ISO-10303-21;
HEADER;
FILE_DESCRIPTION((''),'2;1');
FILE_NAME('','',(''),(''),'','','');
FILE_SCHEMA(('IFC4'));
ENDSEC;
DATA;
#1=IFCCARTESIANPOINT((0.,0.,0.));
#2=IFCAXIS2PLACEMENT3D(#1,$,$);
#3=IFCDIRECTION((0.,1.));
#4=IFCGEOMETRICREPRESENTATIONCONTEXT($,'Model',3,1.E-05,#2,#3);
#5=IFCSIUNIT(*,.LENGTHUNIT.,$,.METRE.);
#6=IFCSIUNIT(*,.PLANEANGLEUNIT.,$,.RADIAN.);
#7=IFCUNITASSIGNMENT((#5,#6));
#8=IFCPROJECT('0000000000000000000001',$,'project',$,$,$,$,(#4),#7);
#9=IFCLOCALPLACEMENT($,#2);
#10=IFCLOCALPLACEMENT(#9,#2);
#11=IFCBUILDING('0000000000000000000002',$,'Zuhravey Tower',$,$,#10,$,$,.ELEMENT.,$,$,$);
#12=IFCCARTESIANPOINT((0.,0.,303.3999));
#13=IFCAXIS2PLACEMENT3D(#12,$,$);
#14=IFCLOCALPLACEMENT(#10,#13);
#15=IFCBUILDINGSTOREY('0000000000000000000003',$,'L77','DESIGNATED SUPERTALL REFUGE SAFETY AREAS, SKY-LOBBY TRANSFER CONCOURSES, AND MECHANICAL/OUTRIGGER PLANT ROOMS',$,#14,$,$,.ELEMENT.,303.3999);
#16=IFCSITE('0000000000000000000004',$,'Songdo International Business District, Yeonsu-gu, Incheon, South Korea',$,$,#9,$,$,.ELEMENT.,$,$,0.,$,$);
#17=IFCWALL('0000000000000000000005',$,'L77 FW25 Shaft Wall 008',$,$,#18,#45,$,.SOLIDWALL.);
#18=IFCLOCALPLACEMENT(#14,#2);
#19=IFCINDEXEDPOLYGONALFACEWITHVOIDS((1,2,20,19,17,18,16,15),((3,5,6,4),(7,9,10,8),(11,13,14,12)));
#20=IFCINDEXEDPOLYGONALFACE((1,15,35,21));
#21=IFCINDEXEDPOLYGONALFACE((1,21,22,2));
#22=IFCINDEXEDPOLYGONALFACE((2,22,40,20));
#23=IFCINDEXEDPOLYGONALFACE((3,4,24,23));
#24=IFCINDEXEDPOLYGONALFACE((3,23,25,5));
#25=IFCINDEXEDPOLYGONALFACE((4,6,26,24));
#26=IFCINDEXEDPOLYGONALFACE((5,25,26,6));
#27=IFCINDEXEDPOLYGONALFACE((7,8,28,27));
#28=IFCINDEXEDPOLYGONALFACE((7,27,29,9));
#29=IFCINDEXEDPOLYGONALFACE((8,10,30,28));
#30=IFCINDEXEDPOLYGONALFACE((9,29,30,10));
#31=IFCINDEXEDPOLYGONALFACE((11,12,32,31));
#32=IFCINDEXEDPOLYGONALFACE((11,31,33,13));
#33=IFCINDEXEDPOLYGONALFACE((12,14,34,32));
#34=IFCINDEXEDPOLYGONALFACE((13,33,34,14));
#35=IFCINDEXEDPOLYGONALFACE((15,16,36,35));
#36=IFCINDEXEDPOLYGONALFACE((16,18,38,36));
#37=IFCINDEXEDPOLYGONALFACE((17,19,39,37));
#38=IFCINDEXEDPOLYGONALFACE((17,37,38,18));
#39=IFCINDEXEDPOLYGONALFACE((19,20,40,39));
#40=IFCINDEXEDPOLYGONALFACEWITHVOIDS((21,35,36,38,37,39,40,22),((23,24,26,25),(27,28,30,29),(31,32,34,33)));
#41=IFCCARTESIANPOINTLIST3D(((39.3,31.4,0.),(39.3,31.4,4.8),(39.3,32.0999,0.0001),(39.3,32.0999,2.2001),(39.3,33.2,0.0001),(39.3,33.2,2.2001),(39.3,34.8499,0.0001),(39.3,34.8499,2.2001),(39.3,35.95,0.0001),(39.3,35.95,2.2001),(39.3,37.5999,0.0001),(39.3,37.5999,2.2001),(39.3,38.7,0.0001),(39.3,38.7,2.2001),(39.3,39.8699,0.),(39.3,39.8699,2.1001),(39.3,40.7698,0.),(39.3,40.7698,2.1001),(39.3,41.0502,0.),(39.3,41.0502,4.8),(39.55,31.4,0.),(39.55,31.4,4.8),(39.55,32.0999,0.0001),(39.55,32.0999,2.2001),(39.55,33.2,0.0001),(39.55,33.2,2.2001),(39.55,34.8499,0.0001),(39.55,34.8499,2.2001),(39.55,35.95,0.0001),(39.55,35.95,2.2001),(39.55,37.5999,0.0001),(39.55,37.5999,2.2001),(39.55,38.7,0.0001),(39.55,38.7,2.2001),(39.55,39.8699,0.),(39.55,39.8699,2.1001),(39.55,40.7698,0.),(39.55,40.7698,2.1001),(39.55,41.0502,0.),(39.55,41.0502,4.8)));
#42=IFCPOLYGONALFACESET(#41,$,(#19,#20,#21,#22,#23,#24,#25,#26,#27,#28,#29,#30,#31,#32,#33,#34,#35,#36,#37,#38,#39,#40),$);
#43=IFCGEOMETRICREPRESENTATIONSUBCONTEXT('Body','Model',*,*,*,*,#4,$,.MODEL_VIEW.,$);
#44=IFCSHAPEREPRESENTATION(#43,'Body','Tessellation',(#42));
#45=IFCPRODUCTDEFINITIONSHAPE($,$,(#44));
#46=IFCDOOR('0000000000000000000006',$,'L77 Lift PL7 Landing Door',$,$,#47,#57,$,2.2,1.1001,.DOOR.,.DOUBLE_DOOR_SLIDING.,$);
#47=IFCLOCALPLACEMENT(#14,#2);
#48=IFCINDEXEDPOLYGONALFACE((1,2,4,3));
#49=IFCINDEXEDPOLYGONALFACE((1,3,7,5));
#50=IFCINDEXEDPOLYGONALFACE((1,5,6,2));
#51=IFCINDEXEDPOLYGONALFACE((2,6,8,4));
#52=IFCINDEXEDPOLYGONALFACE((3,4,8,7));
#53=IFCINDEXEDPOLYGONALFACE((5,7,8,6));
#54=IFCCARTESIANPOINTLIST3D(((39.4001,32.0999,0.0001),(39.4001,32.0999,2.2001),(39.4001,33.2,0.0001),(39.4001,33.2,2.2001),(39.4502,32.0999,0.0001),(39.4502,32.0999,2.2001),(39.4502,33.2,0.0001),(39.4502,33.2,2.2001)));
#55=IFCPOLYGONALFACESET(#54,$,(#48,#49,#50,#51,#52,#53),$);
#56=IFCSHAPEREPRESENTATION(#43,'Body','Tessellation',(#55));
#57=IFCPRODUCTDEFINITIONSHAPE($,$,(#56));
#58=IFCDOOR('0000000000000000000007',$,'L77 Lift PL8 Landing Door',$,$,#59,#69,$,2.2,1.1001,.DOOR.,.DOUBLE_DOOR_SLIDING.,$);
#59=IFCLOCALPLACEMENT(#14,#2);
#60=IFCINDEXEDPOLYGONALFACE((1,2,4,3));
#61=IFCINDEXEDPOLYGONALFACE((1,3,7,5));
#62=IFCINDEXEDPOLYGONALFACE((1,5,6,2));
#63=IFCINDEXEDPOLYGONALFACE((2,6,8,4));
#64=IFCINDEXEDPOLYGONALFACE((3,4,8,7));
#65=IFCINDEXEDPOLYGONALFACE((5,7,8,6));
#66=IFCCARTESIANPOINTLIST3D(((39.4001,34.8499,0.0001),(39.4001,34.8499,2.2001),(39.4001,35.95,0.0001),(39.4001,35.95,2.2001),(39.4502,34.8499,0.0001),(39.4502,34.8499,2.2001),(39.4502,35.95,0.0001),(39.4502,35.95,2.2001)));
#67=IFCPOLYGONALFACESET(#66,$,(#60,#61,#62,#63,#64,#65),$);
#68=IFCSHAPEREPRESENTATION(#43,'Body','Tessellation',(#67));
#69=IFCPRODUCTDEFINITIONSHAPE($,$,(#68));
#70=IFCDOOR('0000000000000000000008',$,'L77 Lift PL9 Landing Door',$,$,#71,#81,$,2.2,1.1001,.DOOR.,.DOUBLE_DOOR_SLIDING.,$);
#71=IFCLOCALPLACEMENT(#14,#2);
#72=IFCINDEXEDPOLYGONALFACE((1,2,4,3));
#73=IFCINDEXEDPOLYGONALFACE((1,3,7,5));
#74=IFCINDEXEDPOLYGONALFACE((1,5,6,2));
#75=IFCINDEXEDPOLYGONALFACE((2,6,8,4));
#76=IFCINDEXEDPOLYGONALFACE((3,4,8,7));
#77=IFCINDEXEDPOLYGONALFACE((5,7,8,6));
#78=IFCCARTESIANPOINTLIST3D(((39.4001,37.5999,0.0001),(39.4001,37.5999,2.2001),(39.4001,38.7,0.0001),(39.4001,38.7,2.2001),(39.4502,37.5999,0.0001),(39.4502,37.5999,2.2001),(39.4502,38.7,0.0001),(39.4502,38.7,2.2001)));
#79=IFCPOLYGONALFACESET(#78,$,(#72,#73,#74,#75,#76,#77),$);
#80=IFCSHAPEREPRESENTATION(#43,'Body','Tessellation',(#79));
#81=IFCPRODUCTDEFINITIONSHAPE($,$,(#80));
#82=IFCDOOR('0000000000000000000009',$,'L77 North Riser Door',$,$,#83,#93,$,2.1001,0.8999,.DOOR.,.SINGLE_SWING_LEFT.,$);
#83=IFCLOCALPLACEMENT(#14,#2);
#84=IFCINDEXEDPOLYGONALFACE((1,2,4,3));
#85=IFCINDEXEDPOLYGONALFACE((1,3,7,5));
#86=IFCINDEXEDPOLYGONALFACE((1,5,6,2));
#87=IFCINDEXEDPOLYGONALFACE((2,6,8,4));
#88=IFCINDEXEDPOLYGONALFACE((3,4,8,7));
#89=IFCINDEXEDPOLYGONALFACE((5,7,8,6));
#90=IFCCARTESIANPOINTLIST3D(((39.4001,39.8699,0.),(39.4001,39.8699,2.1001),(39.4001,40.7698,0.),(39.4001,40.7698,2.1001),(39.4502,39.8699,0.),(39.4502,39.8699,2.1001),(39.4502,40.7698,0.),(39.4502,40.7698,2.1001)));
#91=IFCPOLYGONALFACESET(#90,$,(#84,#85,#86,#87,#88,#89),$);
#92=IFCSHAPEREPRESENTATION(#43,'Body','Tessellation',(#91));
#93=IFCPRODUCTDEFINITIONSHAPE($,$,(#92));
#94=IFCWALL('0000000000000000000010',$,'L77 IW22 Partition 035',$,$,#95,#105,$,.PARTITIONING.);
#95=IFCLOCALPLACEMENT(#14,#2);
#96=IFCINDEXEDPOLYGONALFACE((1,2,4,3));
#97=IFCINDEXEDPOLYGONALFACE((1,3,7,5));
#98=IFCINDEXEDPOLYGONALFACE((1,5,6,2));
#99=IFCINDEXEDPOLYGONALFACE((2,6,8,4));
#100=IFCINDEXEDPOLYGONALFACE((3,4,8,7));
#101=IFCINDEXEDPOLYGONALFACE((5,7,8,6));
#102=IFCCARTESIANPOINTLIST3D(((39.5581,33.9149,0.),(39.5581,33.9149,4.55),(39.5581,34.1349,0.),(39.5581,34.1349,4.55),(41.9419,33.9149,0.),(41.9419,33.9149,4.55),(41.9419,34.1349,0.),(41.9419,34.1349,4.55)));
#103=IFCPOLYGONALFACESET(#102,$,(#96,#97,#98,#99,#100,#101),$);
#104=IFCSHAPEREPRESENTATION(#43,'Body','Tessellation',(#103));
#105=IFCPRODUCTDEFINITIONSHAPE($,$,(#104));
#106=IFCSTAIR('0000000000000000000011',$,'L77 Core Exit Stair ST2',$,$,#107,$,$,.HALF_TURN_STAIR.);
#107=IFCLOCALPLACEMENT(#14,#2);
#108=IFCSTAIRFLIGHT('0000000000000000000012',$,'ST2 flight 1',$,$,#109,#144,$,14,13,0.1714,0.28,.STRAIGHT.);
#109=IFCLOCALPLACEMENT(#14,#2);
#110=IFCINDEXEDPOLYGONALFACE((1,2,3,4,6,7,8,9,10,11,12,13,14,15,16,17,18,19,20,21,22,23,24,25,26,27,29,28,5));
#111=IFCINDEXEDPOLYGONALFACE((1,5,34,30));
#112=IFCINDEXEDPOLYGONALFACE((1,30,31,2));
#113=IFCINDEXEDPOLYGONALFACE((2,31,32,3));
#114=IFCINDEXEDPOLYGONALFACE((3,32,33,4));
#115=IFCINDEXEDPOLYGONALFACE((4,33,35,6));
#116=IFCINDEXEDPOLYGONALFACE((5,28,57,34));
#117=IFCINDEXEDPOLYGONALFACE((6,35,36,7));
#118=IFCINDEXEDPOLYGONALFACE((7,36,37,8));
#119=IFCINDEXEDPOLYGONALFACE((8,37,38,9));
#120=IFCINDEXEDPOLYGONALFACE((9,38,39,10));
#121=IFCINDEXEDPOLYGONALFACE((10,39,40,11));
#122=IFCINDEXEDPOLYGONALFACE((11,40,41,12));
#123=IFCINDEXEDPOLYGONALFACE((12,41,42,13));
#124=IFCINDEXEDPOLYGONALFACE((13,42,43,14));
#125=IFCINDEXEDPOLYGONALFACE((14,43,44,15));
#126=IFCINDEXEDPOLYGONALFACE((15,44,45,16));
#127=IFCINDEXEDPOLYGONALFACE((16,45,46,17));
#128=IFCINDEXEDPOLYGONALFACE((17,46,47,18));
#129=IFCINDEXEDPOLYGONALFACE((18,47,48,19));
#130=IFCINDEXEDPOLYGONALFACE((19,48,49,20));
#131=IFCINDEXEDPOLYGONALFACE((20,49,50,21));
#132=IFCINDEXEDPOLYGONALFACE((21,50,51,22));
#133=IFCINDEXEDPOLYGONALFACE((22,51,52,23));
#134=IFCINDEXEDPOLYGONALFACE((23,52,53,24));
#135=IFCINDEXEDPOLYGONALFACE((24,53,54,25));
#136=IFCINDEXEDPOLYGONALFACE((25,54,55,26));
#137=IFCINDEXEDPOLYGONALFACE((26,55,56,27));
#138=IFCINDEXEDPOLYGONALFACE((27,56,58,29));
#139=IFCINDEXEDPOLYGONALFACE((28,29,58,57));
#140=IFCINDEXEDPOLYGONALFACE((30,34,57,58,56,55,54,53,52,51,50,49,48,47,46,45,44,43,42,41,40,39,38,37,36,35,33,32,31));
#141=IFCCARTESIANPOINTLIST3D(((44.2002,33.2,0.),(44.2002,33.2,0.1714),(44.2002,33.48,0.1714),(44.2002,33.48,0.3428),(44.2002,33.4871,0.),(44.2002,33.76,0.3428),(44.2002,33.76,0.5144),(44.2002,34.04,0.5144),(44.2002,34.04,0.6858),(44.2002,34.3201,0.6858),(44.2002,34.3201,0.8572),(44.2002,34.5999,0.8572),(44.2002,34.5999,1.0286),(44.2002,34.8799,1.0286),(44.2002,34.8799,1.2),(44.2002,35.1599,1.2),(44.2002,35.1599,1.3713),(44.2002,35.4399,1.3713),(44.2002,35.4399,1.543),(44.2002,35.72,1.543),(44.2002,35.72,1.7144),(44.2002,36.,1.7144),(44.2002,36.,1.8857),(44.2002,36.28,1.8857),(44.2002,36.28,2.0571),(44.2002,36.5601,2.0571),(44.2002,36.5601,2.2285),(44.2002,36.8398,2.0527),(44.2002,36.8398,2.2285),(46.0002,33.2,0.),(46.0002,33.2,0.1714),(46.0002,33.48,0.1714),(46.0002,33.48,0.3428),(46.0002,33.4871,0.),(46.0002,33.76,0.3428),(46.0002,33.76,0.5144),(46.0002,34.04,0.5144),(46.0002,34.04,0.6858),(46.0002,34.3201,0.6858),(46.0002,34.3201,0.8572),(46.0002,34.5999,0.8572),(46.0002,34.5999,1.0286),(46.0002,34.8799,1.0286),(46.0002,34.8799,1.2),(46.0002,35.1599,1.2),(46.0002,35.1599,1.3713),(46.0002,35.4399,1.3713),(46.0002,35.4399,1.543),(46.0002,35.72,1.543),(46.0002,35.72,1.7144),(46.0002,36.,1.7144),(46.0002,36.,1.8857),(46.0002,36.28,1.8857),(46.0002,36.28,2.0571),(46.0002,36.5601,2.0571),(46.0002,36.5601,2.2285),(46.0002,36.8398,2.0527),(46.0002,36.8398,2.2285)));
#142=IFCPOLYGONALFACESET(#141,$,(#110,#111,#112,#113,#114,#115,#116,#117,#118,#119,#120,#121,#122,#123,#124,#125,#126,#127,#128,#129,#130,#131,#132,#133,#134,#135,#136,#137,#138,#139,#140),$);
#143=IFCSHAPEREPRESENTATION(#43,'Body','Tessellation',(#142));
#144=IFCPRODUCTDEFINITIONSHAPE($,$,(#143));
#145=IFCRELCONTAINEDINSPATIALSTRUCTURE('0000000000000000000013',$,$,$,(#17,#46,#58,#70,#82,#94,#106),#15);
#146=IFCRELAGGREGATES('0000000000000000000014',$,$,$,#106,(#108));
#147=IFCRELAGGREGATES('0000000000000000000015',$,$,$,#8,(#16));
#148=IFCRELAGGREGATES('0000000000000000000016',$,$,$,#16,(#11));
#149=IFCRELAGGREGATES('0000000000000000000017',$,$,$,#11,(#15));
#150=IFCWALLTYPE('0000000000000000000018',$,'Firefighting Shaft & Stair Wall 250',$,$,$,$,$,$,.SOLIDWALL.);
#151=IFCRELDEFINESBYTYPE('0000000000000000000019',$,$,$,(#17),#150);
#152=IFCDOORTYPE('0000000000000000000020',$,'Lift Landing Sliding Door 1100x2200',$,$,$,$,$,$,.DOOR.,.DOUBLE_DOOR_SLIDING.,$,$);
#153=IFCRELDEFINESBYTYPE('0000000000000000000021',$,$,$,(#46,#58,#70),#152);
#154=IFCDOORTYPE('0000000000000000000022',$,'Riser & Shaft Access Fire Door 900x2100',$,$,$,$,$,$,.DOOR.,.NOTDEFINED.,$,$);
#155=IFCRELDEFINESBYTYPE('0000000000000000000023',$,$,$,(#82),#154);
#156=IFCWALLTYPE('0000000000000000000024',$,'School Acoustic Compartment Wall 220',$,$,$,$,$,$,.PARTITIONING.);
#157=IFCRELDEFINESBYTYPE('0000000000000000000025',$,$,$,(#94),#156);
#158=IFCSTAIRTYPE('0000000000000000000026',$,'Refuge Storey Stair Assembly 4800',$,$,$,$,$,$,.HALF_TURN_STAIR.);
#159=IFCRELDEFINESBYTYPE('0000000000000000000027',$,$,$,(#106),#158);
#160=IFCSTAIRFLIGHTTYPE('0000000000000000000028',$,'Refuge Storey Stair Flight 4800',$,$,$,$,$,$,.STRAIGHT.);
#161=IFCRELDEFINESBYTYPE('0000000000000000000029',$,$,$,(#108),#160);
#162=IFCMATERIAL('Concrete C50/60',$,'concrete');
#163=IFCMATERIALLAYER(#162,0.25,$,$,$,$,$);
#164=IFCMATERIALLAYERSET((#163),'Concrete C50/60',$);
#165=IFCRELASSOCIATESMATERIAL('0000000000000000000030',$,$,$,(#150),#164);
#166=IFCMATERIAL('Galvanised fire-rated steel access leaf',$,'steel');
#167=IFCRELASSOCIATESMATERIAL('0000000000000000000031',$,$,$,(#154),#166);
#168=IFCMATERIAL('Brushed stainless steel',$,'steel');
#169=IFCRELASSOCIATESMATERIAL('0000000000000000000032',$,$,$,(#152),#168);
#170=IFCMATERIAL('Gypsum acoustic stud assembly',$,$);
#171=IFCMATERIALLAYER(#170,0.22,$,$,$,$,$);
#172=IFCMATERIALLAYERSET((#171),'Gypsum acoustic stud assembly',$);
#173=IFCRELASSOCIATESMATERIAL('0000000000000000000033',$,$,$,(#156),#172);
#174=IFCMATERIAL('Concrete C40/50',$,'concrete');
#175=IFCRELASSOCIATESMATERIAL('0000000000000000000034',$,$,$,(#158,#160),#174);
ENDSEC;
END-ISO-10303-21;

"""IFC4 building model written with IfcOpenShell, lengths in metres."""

from ifc_helpers import new_model, si_unit, direction, frame, frame_2d, origin, place, context, subcontext, project, spatial, polyline, rectangle, outline, extrude, material, layer, layer_set, type_object, element, fill, aggregate, save


model = new_model("IFC4")

# Units and contexts
model_context = context("Model", 3, precision=1e-05, world=origin(), true_north=direction((0.0, 1.0)))
body_context = subcontext(model_context, "Body", "Model", "MODEL_VIEW")
ifc_project = project(units=[si_unit("LENGTHUNIT", "METRE"), si_unit("PLANEANGLEUNIT", "RADIAN")], contexts=[model_context])

# Site, building, storey
site_placement = place(None, origin())
site = spatial("IfcSite", under=ifc_project, at=site_placement, Name="Songdo International Business District, Yeonsu-gu, Incheon, South Korea", CompositionType="ELEMENT", RefElevation=0.0)
building_placement = place(site_placement, origin())
building = spatial("IfcBuilding", under=site, at=building_placement, Name="Zuhravey Tower", CompositionType="ELEMENT")
storey_placement = place(building_placement, frame((0.0, 0.0, 303.3999)))
storey = spatial("IfcBuildingStorey", under=building, at=storey_placement, Name="L77", Description="DESIGNATED SUPERTALL REFUGE SAFETY AREAS, SKY-LOBBY TRANSFER CONCOURSES, AND MECHANICAL/OUTRIGGER PLANT ROOMS", CompositionType="ELEMENT", Elevation=303.3999)

# Shared definitions
ifc_material_1 = material(Name="Concrete C50/60", Category="concrete")
ifc_layer_1 = layer(ifc_material_1, 0.25)
ifc_layer_set_1 = layer_set([ifc_layer_1], Name="Concrete C50/60")
wall_type_1 = type_object("IfcWallType", Name="Firefighting Shaft & Stair Wall 250", PredefinedType="SOLIDWALL", material=ifc_layer_set_1)

# Wall, openings, doors
ifc_material_2 = material(Name="Galvanised fire-rated steel access leaf", Category="steel")
door_type_1 = type_object("IfcDoorType", Name="Riser & Shaft Access Fire Door 900x2100", OperationType="NOTDEFINED", PredefinedType="DOOR", material=ifc_material_2)
wall_1_placement = place(storey_placement, frame((39.425, 31.3999, 0.0), z_axis=(0.0, 0.0, 1.0), x_axis=(0.0, 1.0, 0.0)))
wall_1 = element("IfcWall", 1, at=wall_1_placement, inside=storey, type_object=wall_type_1, Name="L77 FW25 Shaft Wall 008", PredefinedType="SOLIDWALL", context=body_context, shape_type="SweptSolid", body=[
    extrude(rectangle(XDim=9.6501, YDim=0.25, at=frame_2d((4.8252, 0.0))), origin(), (0.0, 0.0, 1.0), 4.8),
])
opening_1_placement = place(wall_1_placement, frame((0.7, 0.0, 0.0)))
opening_1 = element("IfcOpeningElement", 2, at=opening_1_placement, cuts=wall_1, PredefinedType="OPENING", context=body_context, shape_type="SweptSolid", body=[
    extrude(rectangle(XDim=1.1001, YDim=2.2, at=frame_2d((0.55, 1.1001))), frame((0.0, 0.137, 0.0), z_axis=(0.0, -1.0, 0.0), x_axis=(1.0, 0.0, 0.0)), (0.0, 0.0, 1.0), 0.2739),
])
opening_2_placement = place(wall_1_placement, frame((3.45, 0.0, 0.0)))
opening_2 = element("IfcOpeningElement", 3, at=opening_2_placement, cuts=wall_1, PredefinedType="OPENING", context=body_context, shape_type="SweptSolid", body=[
    extrude(rectangle(XDim=1.1001, YDim=2.2, at=frame_2d((0.55, 1.1001))), frame((0.0, 0.137, 0.0), z_axis=(0.0, -1.0, 0.0), x_axis=(1.0, 0.0, 0.0)), (0.0, 0.0, 1.0), 0.2739),
])
opening_3_placement = place(wall_1_placement, frame((6.2, 0.0, 0.0)))
opening_3 = element("IfcOpeningElement", 4, at=opening_3_placement, cuts=wall_1, PredefinedType="OPENING", context=body_context, shape_type="SweptSolid", body=[
    extrude(rectangle(XDim=1.1001, YDim=2.2, at=frame_2d((0.55, 1.1001))), frame((0.0, 0.137, 0.0), z_axis=(0.0, -1.0, 0.0), x_axis=(1.0, 0.0, 0.0)), (0.0, 0.0, 1.0), 0.2739),
])
opening_4_placement = place(wall_1_placement, frame((8.47, 0.0, 0.0)))
opening_4 = element("IfcOpeningElement", 5, at=opening_4_placement, cuts=wall_1, PredefinedType="OPENING", context=body_context, shape_type="SweptSolid", body=[
    extrude(rectangle(XDim=0.8999, YDim=2.1001, at=frame_2d((0.45, 1.05))), frame((0.0, 0.137, 0.0), z_axis=(0.0, -1.0, 0.0), x_axis=(1.0, 0.0, 0.0)), (0.0, 0.0, 1.0), 0.2739),
])
ifc_material_3 = material(Name="Brushed stainless steel", Category="steel")
door_type_2 = type_object("IfcDoorType", Name="Lift Landing Sliding Door 1100x2200", OperationType="DOUBLE_DOOR_SLIDING", PredefinedType="DOOR", material=ifc_material_3)
door_1_placement = place(opening_1_placement, origin())
door_1 = element("IfcDoor", 6, at=door_1_placement, inside=storey, type_object=door_type_2, Name="L77 Lift PL7 Landing Door", OperationType="DOUBLE_DOOR_SLIDING", OverallHeight=2.2, OverallWidth=1.1001, PredefinedType="DOOR", context=body_context, shape_type="SweptSolid", body=[
    extrude(rectangle(XDim=1.1001, YDim=2.2, at=frame_2d((0.55, 1.1001))), frame((0.0, 0.0249, 0.0), z_axis=(0.0, -1.0, 0.0), x_axis=(1.0, 0.0, 0.0)), (0.0, 0.0, 1.0), 0.05),
])
fill(opening_1, door_1)
door_2_placement = place(opening_2_placement, origin())
door_2 = element("IfcDoor", 7, at=door_2_placement, inside=storey, type_object=door_type_2, Name="L77 Lift PL8 Landing Door", OperationType="DOUBLE_DOOR_SLIDING", OverallHeight=2.2, OverallWidth=1.1001, PredefinedType="DOOR", context=body_context, shape_type="SweptSolid", body=[
    extrude(rectangle(XDim=1.1001, YDim=2.2, at=frame_2d((0.55, 1.1001))), frame((0.0, 0.0249, 0.0), z_axis=(0.0, -1.0, 0.0), x_axis=(1.0, 0.0, 0.0)), (0.0, 0.0, 1.0), 0.05),
])
fill(opening_2, door_2)
door_3_placement = place(opening_3_placement, origin())
door_3 = element("IfcDoor", 8, at=door_3_placement, inside=storey, type_object=door_type_2, Name="L77 Lift PL9 Landing Door", OperationType="DOUBLE_DOOR_SLIDING", OverallHeight=2.2, OverallWidth=1.1001, PredefinedType="DOOR", context=body_context, shape_type="SweptSolid", body=[
    extrude(rectangle(XDim=1.1001, YDim=2.2, at=frame_2d((0.55, 1.1001))), frame((0.0, 0.0249, 0.0), z_axis=(0.0, -1.0, 0.0), x_axis=(1.0, 0.0, 0.0)), (0.0, 0.0, 1.0), 0.05),
])
fill(opening_3, door_3)
door_4_placement = place(opening_4_placement, origin())
door_4 = element("IfcDoor", 9, at=door_4_placement, inside=storey, type_object=door_type_1, Name="L77 North Riser Door", OperationType="SINGLE_SWING_LEFT", OverallHeight=2.1001, OverallWidth=0.8999, PredefinedType="DOOR", context=body_context, shape_type="SweptSolid", body=[
    extrude(rectangle(XDim=0.8999, YDim=2.1001, at=frame_2d((0.45, 1.05))), frame((0.0, 0.0249, 0.0), z_axis=(0.0, -1.0, 0.0), x_axis=(1.0, 0.0, 0.0)), (0.0, 0.0, 1.0), 0.05),
])
fill(opening_4, door_4)

# Wall
ifc_material_4 = material(Name="Gypsum acoustic stud assembly")
ifc_layer_2 = layer(ifc_material_4, 0.22)
ifc_layer_set_2 = layer_set([ifc_layer_2], Name="Gypsum acoustic stud assembly")
wall_type_2 = type_object("IfcWallType", Name="School Acoustic Compartment Wall 220", PredefinedType="PARTITIONING", material=ifc_layer_set_2)
wall_2_placement = place(storey_placement, frame((39.5581, 34.0249, 0.0), z_axis=(0.0, 0.0, 1.0), x_axis=(1.0, 0.0, 0.0)))
element("IfcWall", 10, at=wall_2_placement, inside=storey, type_object=wall_type_2, Name="L77 IW22 Partition 035", PredefinedType="PARTITIONING", context=body_context, shape_type="SweptSolid", body=[
    extrude(rectangle(XDim=2.3838, YDim=0.22, at=frame_2d((1.1919, 0.0))), origin(), (0.0, 0.0, 1.0), 4.55),
])

# Stair, stair flight
ifc_material_5 = material(Name="Concrete C40/50", Category="concrete")
stair_type = type_object("IfcStairType", Name="Refuge Storey Stair Assembly 4800", PredefinedType="HALF_TURN_STAIR", material=ifc_material_5)
stair_placement = place(storey_placement, origin())
stair = element("IfcStair", 11, at=stair_placement, inside=storey, type_object=stair_type, Name="L77 Core Exit Stair ST2", PredefinedType="HALF_TURN_STAIR")
stair_flight_type = type_object("IfcStairFlightType", Name="Refuge Storey Stair Flight 4800", PredefinedType="STRAIGHT", material=ifc_material_5)
stair_flight_placement = place(storey_placement, frame((45.1001, 33.2, 0.0), z_axis=(0.0, 0.0, 1.0), x_axis=(0.0, 1.0, 0.0)))
stair_flight = element("IfcStairFlight", 12, at=stair_flight_placement, type_object=stair_flight_type, Name="ST2 flight 1", NumberOfRisers=14, NumberOfTreads=13, PredefinedType="STRAIGHT", RiserHeight=0.1714, TreadLength=0.28, context=body_context, shape_type="SweptSolid", body=[
    extrude(outline(polyline([(0.0, 0.0), (0.0, 0.1714), (0.28, 0.1714), (0.28, 0.3428), (0.5601, 0.3428), (0.5601, 0.5144), (0.8401, 0.5144), (0.8401, 0.6858), (1.1201, 0.6858), (1.1201, 0.8572), (1.3999, 0.8572), (1.3999, 1.0286), (1.6799, 1.0286), (1.6799, 1.2), (1.96, 1.2), (1.96, 1.3713), (2.24, 1.3713), (2.24, 1.543), (2.52, 1.543), (2.52, 1.7144), (2.8, 1.7144), (2.8, 1.8857), (3.0801, 1.8857), (3.0801, 2.0571), (3.3601, 2.0571), (3.3601, 2.2285), (3.6399, 2.2285), (3.6399, 2.3999), (3.6399, 2.0527), (0.2871, 0.0), (0.0, 0.0)])), frame((0.0, 0.8999, 0.0), z_axis=(0.0, -1.0, 0.0), x_axis=(1.0, 0.0, 0.0)), (0.0, 0.0, 1.0), 1.8),
])
aggregate(stair, [stair_flight])

save(model, "model.ifc")
